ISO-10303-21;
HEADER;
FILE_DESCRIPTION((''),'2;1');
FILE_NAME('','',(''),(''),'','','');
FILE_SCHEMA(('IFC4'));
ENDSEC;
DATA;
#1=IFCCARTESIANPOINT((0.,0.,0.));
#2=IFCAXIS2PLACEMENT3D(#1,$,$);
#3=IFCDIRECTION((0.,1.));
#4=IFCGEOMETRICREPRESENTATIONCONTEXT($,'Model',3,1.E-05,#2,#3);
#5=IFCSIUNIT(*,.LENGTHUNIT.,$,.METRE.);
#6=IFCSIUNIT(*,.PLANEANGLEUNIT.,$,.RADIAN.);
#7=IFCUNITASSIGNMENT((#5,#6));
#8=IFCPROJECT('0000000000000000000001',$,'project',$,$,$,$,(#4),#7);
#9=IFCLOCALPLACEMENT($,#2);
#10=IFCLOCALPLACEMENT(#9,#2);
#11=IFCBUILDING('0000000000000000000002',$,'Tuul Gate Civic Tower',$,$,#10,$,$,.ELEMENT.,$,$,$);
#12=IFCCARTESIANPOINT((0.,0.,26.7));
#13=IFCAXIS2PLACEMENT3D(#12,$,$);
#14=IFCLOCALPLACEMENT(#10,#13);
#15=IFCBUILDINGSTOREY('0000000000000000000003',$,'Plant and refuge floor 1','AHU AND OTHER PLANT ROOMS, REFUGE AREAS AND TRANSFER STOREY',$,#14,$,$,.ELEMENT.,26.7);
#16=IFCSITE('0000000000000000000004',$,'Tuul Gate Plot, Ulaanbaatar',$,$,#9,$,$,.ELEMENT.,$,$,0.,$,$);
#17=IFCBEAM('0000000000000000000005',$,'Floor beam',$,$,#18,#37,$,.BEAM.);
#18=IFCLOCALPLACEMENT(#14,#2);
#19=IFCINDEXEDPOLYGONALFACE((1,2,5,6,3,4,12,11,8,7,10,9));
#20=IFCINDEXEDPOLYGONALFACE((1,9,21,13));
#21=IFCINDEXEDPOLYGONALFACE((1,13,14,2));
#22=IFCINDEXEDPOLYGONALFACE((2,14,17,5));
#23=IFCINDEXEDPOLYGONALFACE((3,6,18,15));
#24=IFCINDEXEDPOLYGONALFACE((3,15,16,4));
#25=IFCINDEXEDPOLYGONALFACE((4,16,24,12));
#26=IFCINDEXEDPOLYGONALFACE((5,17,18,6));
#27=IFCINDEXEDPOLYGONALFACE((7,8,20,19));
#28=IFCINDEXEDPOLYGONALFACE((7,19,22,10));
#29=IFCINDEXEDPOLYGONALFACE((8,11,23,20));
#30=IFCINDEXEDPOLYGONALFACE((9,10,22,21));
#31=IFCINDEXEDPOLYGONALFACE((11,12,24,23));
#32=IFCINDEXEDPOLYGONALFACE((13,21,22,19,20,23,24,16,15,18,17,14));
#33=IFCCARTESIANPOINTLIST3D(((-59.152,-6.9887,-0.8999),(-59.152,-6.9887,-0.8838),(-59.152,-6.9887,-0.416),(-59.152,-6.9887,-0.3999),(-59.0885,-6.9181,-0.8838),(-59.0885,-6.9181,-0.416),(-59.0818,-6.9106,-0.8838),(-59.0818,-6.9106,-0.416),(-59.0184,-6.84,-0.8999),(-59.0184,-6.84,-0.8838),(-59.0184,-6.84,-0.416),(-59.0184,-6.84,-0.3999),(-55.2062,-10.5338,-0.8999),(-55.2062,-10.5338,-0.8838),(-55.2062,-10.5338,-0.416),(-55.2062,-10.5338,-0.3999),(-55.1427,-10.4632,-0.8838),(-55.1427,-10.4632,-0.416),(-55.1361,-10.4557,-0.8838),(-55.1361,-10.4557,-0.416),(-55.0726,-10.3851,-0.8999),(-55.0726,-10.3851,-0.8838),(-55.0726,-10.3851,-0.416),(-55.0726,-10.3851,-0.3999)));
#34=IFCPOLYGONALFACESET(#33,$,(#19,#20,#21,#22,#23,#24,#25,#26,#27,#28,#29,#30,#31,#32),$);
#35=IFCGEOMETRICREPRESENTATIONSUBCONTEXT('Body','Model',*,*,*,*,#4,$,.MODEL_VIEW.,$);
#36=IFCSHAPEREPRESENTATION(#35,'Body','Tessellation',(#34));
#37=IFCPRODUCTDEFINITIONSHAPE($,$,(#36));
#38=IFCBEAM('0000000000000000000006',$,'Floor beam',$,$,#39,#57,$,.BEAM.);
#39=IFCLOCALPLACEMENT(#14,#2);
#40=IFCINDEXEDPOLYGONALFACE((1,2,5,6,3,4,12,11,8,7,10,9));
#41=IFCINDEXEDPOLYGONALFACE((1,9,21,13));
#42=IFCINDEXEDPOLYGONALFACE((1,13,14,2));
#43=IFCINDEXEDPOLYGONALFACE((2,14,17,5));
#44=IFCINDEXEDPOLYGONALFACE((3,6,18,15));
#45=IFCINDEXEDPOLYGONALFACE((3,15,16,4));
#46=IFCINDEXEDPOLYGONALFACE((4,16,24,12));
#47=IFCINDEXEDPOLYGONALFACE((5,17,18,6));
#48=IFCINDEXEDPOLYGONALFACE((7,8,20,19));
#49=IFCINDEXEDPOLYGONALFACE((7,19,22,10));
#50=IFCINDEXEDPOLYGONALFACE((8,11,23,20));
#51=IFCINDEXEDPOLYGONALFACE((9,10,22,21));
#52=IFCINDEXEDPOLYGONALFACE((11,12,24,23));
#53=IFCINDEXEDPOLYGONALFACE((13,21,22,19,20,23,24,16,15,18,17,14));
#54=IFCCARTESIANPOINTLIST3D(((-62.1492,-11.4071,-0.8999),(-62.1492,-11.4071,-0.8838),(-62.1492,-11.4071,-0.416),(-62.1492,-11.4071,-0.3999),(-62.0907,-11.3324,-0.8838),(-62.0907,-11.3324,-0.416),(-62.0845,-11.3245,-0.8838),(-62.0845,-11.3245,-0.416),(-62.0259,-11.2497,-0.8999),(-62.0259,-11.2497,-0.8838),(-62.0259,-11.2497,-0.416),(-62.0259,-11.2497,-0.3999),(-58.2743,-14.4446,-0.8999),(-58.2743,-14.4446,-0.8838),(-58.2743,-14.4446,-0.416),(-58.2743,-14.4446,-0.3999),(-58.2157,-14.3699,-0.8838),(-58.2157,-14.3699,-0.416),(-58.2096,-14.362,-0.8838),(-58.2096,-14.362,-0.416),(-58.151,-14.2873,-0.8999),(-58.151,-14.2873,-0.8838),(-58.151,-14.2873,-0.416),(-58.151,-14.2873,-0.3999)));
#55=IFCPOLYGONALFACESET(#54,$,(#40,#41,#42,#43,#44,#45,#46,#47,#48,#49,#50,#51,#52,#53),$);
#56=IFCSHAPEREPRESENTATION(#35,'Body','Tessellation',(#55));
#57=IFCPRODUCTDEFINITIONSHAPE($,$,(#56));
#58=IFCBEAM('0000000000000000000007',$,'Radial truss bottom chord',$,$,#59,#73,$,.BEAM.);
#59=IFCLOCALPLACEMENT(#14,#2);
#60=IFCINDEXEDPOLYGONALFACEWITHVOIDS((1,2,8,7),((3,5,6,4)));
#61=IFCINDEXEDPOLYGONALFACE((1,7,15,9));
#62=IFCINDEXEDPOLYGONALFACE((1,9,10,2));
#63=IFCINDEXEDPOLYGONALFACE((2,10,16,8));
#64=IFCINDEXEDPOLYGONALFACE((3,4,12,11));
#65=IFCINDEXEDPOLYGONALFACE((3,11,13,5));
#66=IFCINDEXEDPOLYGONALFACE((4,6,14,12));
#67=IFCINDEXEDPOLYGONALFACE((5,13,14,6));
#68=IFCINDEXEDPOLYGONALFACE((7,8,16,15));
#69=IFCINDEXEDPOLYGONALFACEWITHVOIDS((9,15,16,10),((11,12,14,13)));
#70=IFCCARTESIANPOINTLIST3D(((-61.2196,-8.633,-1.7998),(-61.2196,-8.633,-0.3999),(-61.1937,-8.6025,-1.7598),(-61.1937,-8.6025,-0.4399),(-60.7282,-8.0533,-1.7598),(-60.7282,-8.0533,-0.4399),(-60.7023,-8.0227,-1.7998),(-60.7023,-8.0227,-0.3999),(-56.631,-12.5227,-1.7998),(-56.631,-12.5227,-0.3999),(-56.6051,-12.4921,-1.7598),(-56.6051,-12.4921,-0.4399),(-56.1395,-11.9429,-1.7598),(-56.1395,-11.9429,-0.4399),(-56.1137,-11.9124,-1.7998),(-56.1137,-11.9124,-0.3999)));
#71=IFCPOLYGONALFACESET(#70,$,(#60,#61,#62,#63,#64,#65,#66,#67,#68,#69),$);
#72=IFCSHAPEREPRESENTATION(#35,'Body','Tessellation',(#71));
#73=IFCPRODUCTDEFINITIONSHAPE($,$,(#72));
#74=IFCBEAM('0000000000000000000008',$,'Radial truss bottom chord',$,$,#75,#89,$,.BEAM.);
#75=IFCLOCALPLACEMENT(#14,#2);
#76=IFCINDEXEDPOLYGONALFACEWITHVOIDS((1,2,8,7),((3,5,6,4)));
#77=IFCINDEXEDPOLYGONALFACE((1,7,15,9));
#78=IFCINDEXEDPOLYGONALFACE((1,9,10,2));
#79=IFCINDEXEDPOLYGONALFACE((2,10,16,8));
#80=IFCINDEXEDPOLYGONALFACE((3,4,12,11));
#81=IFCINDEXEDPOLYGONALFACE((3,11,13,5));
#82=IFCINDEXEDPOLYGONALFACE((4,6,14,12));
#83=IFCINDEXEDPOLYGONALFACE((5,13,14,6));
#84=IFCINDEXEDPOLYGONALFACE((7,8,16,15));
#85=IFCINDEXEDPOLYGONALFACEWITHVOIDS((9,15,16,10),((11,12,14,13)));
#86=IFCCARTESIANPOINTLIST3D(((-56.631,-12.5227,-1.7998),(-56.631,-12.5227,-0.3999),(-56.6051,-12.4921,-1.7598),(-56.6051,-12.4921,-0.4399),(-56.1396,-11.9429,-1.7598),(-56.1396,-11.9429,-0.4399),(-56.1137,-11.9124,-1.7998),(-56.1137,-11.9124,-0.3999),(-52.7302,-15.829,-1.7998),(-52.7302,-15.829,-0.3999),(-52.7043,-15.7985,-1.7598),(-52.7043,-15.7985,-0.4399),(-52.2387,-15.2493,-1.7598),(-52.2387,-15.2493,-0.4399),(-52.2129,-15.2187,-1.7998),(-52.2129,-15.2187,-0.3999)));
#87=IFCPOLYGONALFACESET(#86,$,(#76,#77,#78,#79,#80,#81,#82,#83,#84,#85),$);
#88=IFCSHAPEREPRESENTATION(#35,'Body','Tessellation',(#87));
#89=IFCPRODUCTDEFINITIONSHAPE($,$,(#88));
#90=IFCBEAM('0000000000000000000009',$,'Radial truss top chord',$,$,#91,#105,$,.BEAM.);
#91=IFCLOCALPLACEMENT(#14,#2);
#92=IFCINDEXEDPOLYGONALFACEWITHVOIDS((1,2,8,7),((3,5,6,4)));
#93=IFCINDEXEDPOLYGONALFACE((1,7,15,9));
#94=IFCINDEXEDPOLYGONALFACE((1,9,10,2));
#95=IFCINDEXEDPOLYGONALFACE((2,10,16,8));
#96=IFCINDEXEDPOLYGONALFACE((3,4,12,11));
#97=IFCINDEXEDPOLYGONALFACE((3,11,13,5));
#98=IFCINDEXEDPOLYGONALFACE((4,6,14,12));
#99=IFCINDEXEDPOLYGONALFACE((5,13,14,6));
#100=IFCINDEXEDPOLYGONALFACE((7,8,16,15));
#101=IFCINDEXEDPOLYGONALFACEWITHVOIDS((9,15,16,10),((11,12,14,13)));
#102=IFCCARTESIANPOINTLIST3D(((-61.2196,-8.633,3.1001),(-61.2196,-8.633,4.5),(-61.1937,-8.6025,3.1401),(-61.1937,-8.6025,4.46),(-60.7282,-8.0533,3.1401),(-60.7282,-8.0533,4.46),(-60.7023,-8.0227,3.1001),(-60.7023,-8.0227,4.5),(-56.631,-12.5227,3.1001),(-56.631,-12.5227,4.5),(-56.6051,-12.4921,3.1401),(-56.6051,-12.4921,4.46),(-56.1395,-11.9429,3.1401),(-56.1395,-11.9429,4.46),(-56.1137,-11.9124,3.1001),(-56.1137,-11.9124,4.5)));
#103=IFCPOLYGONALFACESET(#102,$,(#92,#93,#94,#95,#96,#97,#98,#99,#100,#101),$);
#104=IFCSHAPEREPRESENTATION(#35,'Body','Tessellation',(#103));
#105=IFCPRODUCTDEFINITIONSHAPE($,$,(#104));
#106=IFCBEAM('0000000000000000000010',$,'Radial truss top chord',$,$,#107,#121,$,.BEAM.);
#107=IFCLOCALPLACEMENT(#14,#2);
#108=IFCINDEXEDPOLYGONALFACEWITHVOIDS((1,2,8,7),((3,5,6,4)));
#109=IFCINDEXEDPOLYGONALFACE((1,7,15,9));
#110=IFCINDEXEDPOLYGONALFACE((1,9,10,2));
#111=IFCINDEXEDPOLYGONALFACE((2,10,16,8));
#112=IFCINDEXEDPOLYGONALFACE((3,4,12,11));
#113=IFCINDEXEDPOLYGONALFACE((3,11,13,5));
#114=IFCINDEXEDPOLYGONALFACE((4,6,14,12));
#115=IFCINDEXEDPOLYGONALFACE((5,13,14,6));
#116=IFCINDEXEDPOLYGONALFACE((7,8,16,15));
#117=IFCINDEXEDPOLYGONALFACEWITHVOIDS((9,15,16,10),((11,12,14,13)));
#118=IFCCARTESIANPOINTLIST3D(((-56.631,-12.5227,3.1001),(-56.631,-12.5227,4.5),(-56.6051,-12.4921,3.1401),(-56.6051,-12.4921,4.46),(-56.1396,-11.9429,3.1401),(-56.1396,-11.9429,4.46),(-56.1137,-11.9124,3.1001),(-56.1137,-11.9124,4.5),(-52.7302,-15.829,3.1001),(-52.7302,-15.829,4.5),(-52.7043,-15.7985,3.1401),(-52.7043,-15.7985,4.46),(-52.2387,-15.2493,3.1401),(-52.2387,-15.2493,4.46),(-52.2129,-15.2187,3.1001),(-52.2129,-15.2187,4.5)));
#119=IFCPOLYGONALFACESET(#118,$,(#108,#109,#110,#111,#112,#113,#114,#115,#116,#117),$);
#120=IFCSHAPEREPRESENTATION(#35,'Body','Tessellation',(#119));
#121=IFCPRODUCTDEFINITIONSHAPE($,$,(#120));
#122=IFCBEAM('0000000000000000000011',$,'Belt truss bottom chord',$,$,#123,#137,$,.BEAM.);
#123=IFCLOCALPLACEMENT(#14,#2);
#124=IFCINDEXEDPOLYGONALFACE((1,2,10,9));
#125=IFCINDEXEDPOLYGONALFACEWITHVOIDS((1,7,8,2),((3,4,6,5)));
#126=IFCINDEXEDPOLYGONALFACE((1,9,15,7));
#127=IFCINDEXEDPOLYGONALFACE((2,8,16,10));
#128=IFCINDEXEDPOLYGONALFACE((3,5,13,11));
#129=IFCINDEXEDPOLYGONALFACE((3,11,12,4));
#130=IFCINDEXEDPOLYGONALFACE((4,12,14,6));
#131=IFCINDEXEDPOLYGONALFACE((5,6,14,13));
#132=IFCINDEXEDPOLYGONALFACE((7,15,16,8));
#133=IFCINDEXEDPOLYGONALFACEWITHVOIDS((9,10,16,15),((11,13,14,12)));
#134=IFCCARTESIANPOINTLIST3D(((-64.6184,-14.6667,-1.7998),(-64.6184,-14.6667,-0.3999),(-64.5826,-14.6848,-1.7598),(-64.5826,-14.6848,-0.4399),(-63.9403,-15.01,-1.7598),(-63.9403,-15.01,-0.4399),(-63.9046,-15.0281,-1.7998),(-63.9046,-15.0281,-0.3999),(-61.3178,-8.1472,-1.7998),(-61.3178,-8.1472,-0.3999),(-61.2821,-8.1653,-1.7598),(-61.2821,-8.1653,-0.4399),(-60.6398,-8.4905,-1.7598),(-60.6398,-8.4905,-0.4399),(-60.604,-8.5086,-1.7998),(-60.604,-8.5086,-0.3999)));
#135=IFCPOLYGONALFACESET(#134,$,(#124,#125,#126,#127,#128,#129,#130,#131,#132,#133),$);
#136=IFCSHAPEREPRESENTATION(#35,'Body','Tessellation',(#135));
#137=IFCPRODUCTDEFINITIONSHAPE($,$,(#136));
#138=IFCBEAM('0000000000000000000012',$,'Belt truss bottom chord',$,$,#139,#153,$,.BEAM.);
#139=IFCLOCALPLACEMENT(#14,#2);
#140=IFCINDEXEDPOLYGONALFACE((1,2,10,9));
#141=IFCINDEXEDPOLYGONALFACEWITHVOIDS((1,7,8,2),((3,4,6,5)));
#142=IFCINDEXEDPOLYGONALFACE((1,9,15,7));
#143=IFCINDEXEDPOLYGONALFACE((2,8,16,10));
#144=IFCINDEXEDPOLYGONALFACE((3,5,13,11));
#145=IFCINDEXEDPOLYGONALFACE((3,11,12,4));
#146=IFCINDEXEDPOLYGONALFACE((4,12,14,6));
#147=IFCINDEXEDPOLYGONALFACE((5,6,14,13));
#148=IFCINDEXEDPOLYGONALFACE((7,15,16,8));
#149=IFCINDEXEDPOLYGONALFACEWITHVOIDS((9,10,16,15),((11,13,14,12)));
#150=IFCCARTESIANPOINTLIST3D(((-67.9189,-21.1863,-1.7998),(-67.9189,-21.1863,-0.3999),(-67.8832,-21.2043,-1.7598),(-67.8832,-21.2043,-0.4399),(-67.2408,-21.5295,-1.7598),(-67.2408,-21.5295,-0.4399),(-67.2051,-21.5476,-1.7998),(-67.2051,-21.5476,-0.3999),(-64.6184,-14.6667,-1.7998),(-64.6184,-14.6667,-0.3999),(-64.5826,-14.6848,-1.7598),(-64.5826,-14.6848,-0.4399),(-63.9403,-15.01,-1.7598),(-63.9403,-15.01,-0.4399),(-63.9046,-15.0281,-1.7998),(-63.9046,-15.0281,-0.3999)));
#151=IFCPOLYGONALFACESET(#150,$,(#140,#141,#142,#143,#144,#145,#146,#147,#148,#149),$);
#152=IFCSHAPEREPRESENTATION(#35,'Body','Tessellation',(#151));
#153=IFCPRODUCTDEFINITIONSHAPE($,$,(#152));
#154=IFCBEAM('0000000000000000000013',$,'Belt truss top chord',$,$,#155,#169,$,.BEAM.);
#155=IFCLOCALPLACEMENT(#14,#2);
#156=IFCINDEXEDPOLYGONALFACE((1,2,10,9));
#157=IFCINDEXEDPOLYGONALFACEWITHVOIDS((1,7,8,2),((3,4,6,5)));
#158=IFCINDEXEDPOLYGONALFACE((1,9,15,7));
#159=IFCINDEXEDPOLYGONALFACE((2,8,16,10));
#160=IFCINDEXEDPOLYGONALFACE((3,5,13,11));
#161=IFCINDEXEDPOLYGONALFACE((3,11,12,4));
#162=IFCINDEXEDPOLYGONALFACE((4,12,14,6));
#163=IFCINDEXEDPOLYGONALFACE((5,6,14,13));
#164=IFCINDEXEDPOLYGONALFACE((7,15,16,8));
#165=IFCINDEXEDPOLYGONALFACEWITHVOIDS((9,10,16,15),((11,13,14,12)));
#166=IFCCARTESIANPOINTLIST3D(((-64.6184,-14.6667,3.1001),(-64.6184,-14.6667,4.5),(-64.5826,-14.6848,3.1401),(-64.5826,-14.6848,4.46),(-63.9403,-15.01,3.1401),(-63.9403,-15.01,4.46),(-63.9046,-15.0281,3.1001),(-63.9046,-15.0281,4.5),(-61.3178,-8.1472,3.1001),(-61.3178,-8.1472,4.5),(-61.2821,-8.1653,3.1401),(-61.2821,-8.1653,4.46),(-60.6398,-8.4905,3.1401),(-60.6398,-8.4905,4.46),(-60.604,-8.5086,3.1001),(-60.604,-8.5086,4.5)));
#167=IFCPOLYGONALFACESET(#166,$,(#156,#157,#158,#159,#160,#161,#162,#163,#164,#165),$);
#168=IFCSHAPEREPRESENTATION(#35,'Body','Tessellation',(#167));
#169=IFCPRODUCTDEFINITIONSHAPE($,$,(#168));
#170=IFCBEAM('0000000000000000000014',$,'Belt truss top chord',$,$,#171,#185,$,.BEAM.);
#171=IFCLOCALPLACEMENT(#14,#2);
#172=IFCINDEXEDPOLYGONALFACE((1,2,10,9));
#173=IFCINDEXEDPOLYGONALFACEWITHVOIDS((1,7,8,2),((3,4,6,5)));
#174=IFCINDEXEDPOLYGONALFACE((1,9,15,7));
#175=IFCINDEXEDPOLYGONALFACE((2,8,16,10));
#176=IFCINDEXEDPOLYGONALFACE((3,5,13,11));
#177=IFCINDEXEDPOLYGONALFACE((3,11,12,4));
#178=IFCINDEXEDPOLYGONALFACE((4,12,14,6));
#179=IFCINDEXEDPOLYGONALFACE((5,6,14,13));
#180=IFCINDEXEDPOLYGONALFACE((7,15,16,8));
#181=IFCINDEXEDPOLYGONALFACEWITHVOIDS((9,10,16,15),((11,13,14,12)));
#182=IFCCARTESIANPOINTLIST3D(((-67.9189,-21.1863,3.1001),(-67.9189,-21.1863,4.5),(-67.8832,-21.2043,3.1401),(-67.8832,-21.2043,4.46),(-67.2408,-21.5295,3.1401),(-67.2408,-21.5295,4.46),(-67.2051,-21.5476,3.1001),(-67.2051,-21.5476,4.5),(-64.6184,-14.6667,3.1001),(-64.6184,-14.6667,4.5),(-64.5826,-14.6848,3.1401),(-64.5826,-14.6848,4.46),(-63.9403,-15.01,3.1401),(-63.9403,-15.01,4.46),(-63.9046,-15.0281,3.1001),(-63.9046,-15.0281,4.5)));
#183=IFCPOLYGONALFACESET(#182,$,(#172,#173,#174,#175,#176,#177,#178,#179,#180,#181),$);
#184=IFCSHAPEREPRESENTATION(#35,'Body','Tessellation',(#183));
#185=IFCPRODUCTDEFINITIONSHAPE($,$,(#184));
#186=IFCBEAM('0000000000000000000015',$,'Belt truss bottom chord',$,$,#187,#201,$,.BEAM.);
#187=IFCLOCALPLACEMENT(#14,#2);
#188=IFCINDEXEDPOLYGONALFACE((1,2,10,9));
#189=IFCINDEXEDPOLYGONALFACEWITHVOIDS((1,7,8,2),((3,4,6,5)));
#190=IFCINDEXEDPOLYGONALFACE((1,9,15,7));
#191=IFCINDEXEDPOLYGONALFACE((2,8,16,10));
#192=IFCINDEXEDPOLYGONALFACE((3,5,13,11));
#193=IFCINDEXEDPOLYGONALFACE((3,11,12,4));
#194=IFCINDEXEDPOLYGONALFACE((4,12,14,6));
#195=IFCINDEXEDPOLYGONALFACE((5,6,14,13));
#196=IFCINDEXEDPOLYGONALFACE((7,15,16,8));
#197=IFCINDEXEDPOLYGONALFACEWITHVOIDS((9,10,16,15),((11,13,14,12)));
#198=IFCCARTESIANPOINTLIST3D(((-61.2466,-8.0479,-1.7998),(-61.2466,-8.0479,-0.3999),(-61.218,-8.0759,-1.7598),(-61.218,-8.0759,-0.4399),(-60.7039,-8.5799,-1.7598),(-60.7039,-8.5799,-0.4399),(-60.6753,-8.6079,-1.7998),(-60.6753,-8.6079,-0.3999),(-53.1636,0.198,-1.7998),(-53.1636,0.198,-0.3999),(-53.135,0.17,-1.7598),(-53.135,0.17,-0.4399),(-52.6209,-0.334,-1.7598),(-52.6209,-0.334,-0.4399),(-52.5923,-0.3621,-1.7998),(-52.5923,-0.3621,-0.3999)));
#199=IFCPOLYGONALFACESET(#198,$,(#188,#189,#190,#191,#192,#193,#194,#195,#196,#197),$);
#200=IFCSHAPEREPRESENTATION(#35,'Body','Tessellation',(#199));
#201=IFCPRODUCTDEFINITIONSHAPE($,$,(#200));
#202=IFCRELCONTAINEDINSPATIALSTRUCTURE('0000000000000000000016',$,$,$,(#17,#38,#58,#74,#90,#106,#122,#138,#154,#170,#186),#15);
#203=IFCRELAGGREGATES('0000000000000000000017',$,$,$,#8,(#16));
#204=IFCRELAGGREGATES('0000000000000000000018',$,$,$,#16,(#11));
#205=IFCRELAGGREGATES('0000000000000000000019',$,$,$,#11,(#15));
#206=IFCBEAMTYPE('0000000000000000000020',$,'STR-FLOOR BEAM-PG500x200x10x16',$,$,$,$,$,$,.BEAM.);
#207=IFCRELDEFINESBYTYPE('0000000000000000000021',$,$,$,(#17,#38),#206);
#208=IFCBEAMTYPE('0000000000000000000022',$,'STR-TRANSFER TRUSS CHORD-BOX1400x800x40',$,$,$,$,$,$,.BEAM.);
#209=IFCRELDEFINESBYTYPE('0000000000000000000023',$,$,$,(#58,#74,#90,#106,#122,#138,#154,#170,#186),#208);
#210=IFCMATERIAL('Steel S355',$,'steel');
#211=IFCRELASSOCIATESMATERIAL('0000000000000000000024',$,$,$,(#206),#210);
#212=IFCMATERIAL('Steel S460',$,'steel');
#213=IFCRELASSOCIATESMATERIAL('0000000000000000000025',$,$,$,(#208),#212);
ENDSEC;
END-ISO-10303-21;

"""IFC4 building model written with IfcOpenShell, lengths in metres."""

from ifc_helpers import new_model, si_unit, direction, frame, origin, origin_2d, place, context, subcontext, project, spatial, hollow_rectangle, i_section, extrude, material, material_profile, profile_set, type_object, element, save


model = new_model("IFC4")

# Units and contexts
model_context = context("Model", 3, precision=1e-05, world=origin(), true_north=direction((0.0, 1.0)))
body_context = subcontext(model_context, "Body", "Model", "MODEL_VIEW")
ifc_project = project(units=[si_unit("LENGTHUNIT", "METRE"), si_unit("PLANEANGLEUNIT", "RADIAN")], contexts=[model_context])

# Site, building, storey
site_placement = place(None, origin())
site = spatial("IfcSite", under=ifc_project, at=site_placement, Name="Tuul Gate Plot, Ulaanbaatar", CompositionType="ELEMENT", RefElevation=0.0)
building_placement = place(site_placement, origin())
building = spatial("IfcBuilding", under=site, at=building_placement, Name="Tuul Gate Civic Tower", CompositionType="ELEMENT")
storey_placement = place(building_placement, frame((0.0, 0.0, 26.7)))
storey = spatial("IfcBuildingStorey", under=building, at=storey_placement, Name="Plant and refuge floor 1", Description="AHU AND OTHER PLANT ROOMS, REFUGE AREAS AND TRANSFER STOREY", CompositionType="ELEMENT", Elevation=26.7)

# Beams
ifc_material_1 = material(Name="Steel S355", Category="steel")
ifc_material_profile_1 = material_profile(ifc_material_1, i_section(OverallWidth=0.2, OverallDepth=0.5, WebThickness=0.01, FlangeThickness=0.0161, at=origin_2d()), Name="PG500x200x10x16")
ifc_profile_set_1 = profile_set([ifc_material_profile_1], Name="Steel S355")
beam_type_1 = type_object("IfcBeamType", Name="STR-FLOOR BEAM-PG500x200x10x16", PredefinedType="BEAM", material=ifc_profile_set_1)
beam_1_placement = place(storey_placement, frame((-55.1394, -10.4595, -0.6499), z_axis=(-0.743861, 0.668334, 0.0), x_axis=(-0.668334, -0.743861, 0.0)))
element("IfcBeam", 1, at=beam_1_placement, inside=storey, type_object=beam_type_1, Name="Floor beam", PredefinedType="BEAM", context=body_context, shape_type="SweptSolid", body=[
    extrude(i_section(OverallWidth=0.2, OverallDepth=0.5, WebThickness=0.01, FlangeThickness=0.0161, at=origin_2d()), origin(), (0.0, 0.0, 1.0), 5.3044),
])
beam_2_placement = place(storey_placement, frame((-58.2126, -14.366, -0.6499), z_axis=(-0.787013, 0.616936, 0.0), x_axis=(-0.616936, -0.787013, 0.0)))
element("IfcBeam", 2, at=beam_2_placement, inside=storey, type_object=beam_type_1, Name="Floor beam", PredefinedType="BEAM", context=body_context, shape_type="SweptSolid", body=[
    extrude(i_section(OverallWidth=0.2, OverallDepth=0.5, WebThickness=0.01, FlangeThickness=0.0161, at=origin_2d()), origin(), (0.0, 0.0, 1.0), 4.9236),
])
ifc_material_2 = material(Name="Steel S460", Category="steel")
ifc_material_profile_2 = material_profile(ifc_material_2, hollow_rectangle(XDim=0.8, YDim=1.3999, WallThickness=0.04, at=origin_2d()), Name="BOX1400x800x40")
ifc_profile_set_2 = profile_set([ifc_material_profile_2], Name="Steel S460")
beam_type_2 = type_object("IfcBeamType", Name="STR-TRANSFER TRUSS CHORD-BOX1400x800x40", PredefinedType="BEAM", material=ifc_profile_set_2)
beam_3_placement = place(storey_placement, frame((-60.9609, -8.3279, -1.0999), z_axis=(0.762815, -0.646617, 0.0), x_axis=(0.646617, 0.762815, 0.0)))
element("IfcBeam", 3, at=beam_3_placement, inside=storey, type_object=beam_type_2, Name="Radial truss bottom chord", PredefinedType="BEAM", context=body_context, shape_type="SweptSolid", body=[
    extrude(hollow_rectangle(XDim=0.8, YDim=1.3999, WallThickness=0.04, at=origin_2d()), origin(), (0.0, 0.0, 1.0), 6.0154),
])
beam_4_placement = place(storey_placement, frame((-56.3723, -12.2175, -1.0999), z_axis=(0.762841, -0.646586, 0.0), x_axis=(0.646586, 0.762841, 0.0)))
element("IfcBeam", 4, at=beam_4_placement, inside=storey, type_object=beam_type_2, Name="Radial truss bottom chord", PredefinedType="BEAM", context=body_context, shape_type="SweptSolid", body=[
    extrude(hollow_rectangle(XDim=0.8, YDim=1.3999, WallThickness=0.04, at=origin_2d()), origin(), (0.0, 0.0, 1.0), 5.1135),
])
beam_5_placement = place(storey_placement, frame((-60.9609, -8.3279, 3.8), z_axis=(0.762815, -0.646617, 0.0), x_axis=(0.646617, 0.762815, 0.0)))
element("IfcBeam", 5, at=beam_5_placement, inside=storey, type_object=beam_type_2, Name="Radial truss top chord", PredefinedType="BEAM", context=body_context, shape_type="SweptSolid", body=[
    extrude(hollow_rectangle(XDim=0.8, YDim=1.3999, WallThickness=0.04, at=origin_2d()), origin(), (0.0, 0.0, 1.0), 6.0154),
])
beam_6_placement = place(storey_placement, frame((-56.3723, -12.2175, 3.8), z_axis=(0.762841, -0.646586, 0.0), x_axis=(0.646586, 0.762841, 0.0)))
element("IfcBeam", 6, at=beam_6_placement, inside=storey, type_object=beam_type_2, Name="Radial truss top chord", PredefinedType="BEAM", context=body_context, shape_type="SweptSolid", body=[
    extrude(hollow_rectangle(XDim=0.8, YDim=1.3999, WallThickness=0.04, at=origin_2d()), origin(), (0.0, 0.0, 1.0), 5.1135),
])
for number, where, z_axis, x_axis, name in (
    (7, (-60.9609, -8.3279, -1.0999), (-0.451672, -0.892184, 0.0), (0.892184, -0.451672, 0.0), "Belt truss bottom chord"),
    (8, (-64.2615, -14.8474, -1.0999), (-0.451672, -0.892184, 0.0), (0.892184, -0.451672, 0.0), "Belt truss bottom chord"),
    (9, (-60.9609, -8.3279, 3.8), (-0.451672, -0.892184, 0.0), (0.892184, -0.451672, 0.0), "Belt truss top chord"),
    (10, (-64.2615, -14.8474, 3.8), (-0.451672, -0.892184, 0.0), (0.892184, -0.451672, 0.0), "Belt truss top chord"),
):
    element("IfcBeam", number, at=place(storey_placement, frame(where, z_axis=z_axis, x_axis=x_axis)), inside=storey, type_object=beam_type_2, Name=name, PredefinedType="BEAM", context=body_context, shape_type="SweptSolid", body=[
        extrude(hollow_rectangle(XDim=0.8, YDim=1.3999, WallThickness=0.04, at=origin_2d()), origin(), (0.0, 0.0, 1.0), 7.3074),
    ])
for number, where, z_axis, x_axis, name in (
    (11, (-52.8779, -0.082, -1.0999), (-0.70002, -0.714123, 0.0), (0.714123, -0.70002, 0.0), "Belt truss bottom chord"),
):
    element("IfcBeam", number, at=place(storey_placement, frame(where, z_axis=z_axis, x_axis=x_axis)), inside=storey, type_object=beam_type_2, Name=name, PredefinedType="BEAM", context=body_context, shape_type="SweptSolid", body=[
        extrude(hollow_rectangle(XDim=0.8, YDim=1.3999, WallThickness=0.04, at=origin_2d()), origin(), (0.0, 0.0, 1.0), 11.5469),
    ])

save(model, "model.ifc")
